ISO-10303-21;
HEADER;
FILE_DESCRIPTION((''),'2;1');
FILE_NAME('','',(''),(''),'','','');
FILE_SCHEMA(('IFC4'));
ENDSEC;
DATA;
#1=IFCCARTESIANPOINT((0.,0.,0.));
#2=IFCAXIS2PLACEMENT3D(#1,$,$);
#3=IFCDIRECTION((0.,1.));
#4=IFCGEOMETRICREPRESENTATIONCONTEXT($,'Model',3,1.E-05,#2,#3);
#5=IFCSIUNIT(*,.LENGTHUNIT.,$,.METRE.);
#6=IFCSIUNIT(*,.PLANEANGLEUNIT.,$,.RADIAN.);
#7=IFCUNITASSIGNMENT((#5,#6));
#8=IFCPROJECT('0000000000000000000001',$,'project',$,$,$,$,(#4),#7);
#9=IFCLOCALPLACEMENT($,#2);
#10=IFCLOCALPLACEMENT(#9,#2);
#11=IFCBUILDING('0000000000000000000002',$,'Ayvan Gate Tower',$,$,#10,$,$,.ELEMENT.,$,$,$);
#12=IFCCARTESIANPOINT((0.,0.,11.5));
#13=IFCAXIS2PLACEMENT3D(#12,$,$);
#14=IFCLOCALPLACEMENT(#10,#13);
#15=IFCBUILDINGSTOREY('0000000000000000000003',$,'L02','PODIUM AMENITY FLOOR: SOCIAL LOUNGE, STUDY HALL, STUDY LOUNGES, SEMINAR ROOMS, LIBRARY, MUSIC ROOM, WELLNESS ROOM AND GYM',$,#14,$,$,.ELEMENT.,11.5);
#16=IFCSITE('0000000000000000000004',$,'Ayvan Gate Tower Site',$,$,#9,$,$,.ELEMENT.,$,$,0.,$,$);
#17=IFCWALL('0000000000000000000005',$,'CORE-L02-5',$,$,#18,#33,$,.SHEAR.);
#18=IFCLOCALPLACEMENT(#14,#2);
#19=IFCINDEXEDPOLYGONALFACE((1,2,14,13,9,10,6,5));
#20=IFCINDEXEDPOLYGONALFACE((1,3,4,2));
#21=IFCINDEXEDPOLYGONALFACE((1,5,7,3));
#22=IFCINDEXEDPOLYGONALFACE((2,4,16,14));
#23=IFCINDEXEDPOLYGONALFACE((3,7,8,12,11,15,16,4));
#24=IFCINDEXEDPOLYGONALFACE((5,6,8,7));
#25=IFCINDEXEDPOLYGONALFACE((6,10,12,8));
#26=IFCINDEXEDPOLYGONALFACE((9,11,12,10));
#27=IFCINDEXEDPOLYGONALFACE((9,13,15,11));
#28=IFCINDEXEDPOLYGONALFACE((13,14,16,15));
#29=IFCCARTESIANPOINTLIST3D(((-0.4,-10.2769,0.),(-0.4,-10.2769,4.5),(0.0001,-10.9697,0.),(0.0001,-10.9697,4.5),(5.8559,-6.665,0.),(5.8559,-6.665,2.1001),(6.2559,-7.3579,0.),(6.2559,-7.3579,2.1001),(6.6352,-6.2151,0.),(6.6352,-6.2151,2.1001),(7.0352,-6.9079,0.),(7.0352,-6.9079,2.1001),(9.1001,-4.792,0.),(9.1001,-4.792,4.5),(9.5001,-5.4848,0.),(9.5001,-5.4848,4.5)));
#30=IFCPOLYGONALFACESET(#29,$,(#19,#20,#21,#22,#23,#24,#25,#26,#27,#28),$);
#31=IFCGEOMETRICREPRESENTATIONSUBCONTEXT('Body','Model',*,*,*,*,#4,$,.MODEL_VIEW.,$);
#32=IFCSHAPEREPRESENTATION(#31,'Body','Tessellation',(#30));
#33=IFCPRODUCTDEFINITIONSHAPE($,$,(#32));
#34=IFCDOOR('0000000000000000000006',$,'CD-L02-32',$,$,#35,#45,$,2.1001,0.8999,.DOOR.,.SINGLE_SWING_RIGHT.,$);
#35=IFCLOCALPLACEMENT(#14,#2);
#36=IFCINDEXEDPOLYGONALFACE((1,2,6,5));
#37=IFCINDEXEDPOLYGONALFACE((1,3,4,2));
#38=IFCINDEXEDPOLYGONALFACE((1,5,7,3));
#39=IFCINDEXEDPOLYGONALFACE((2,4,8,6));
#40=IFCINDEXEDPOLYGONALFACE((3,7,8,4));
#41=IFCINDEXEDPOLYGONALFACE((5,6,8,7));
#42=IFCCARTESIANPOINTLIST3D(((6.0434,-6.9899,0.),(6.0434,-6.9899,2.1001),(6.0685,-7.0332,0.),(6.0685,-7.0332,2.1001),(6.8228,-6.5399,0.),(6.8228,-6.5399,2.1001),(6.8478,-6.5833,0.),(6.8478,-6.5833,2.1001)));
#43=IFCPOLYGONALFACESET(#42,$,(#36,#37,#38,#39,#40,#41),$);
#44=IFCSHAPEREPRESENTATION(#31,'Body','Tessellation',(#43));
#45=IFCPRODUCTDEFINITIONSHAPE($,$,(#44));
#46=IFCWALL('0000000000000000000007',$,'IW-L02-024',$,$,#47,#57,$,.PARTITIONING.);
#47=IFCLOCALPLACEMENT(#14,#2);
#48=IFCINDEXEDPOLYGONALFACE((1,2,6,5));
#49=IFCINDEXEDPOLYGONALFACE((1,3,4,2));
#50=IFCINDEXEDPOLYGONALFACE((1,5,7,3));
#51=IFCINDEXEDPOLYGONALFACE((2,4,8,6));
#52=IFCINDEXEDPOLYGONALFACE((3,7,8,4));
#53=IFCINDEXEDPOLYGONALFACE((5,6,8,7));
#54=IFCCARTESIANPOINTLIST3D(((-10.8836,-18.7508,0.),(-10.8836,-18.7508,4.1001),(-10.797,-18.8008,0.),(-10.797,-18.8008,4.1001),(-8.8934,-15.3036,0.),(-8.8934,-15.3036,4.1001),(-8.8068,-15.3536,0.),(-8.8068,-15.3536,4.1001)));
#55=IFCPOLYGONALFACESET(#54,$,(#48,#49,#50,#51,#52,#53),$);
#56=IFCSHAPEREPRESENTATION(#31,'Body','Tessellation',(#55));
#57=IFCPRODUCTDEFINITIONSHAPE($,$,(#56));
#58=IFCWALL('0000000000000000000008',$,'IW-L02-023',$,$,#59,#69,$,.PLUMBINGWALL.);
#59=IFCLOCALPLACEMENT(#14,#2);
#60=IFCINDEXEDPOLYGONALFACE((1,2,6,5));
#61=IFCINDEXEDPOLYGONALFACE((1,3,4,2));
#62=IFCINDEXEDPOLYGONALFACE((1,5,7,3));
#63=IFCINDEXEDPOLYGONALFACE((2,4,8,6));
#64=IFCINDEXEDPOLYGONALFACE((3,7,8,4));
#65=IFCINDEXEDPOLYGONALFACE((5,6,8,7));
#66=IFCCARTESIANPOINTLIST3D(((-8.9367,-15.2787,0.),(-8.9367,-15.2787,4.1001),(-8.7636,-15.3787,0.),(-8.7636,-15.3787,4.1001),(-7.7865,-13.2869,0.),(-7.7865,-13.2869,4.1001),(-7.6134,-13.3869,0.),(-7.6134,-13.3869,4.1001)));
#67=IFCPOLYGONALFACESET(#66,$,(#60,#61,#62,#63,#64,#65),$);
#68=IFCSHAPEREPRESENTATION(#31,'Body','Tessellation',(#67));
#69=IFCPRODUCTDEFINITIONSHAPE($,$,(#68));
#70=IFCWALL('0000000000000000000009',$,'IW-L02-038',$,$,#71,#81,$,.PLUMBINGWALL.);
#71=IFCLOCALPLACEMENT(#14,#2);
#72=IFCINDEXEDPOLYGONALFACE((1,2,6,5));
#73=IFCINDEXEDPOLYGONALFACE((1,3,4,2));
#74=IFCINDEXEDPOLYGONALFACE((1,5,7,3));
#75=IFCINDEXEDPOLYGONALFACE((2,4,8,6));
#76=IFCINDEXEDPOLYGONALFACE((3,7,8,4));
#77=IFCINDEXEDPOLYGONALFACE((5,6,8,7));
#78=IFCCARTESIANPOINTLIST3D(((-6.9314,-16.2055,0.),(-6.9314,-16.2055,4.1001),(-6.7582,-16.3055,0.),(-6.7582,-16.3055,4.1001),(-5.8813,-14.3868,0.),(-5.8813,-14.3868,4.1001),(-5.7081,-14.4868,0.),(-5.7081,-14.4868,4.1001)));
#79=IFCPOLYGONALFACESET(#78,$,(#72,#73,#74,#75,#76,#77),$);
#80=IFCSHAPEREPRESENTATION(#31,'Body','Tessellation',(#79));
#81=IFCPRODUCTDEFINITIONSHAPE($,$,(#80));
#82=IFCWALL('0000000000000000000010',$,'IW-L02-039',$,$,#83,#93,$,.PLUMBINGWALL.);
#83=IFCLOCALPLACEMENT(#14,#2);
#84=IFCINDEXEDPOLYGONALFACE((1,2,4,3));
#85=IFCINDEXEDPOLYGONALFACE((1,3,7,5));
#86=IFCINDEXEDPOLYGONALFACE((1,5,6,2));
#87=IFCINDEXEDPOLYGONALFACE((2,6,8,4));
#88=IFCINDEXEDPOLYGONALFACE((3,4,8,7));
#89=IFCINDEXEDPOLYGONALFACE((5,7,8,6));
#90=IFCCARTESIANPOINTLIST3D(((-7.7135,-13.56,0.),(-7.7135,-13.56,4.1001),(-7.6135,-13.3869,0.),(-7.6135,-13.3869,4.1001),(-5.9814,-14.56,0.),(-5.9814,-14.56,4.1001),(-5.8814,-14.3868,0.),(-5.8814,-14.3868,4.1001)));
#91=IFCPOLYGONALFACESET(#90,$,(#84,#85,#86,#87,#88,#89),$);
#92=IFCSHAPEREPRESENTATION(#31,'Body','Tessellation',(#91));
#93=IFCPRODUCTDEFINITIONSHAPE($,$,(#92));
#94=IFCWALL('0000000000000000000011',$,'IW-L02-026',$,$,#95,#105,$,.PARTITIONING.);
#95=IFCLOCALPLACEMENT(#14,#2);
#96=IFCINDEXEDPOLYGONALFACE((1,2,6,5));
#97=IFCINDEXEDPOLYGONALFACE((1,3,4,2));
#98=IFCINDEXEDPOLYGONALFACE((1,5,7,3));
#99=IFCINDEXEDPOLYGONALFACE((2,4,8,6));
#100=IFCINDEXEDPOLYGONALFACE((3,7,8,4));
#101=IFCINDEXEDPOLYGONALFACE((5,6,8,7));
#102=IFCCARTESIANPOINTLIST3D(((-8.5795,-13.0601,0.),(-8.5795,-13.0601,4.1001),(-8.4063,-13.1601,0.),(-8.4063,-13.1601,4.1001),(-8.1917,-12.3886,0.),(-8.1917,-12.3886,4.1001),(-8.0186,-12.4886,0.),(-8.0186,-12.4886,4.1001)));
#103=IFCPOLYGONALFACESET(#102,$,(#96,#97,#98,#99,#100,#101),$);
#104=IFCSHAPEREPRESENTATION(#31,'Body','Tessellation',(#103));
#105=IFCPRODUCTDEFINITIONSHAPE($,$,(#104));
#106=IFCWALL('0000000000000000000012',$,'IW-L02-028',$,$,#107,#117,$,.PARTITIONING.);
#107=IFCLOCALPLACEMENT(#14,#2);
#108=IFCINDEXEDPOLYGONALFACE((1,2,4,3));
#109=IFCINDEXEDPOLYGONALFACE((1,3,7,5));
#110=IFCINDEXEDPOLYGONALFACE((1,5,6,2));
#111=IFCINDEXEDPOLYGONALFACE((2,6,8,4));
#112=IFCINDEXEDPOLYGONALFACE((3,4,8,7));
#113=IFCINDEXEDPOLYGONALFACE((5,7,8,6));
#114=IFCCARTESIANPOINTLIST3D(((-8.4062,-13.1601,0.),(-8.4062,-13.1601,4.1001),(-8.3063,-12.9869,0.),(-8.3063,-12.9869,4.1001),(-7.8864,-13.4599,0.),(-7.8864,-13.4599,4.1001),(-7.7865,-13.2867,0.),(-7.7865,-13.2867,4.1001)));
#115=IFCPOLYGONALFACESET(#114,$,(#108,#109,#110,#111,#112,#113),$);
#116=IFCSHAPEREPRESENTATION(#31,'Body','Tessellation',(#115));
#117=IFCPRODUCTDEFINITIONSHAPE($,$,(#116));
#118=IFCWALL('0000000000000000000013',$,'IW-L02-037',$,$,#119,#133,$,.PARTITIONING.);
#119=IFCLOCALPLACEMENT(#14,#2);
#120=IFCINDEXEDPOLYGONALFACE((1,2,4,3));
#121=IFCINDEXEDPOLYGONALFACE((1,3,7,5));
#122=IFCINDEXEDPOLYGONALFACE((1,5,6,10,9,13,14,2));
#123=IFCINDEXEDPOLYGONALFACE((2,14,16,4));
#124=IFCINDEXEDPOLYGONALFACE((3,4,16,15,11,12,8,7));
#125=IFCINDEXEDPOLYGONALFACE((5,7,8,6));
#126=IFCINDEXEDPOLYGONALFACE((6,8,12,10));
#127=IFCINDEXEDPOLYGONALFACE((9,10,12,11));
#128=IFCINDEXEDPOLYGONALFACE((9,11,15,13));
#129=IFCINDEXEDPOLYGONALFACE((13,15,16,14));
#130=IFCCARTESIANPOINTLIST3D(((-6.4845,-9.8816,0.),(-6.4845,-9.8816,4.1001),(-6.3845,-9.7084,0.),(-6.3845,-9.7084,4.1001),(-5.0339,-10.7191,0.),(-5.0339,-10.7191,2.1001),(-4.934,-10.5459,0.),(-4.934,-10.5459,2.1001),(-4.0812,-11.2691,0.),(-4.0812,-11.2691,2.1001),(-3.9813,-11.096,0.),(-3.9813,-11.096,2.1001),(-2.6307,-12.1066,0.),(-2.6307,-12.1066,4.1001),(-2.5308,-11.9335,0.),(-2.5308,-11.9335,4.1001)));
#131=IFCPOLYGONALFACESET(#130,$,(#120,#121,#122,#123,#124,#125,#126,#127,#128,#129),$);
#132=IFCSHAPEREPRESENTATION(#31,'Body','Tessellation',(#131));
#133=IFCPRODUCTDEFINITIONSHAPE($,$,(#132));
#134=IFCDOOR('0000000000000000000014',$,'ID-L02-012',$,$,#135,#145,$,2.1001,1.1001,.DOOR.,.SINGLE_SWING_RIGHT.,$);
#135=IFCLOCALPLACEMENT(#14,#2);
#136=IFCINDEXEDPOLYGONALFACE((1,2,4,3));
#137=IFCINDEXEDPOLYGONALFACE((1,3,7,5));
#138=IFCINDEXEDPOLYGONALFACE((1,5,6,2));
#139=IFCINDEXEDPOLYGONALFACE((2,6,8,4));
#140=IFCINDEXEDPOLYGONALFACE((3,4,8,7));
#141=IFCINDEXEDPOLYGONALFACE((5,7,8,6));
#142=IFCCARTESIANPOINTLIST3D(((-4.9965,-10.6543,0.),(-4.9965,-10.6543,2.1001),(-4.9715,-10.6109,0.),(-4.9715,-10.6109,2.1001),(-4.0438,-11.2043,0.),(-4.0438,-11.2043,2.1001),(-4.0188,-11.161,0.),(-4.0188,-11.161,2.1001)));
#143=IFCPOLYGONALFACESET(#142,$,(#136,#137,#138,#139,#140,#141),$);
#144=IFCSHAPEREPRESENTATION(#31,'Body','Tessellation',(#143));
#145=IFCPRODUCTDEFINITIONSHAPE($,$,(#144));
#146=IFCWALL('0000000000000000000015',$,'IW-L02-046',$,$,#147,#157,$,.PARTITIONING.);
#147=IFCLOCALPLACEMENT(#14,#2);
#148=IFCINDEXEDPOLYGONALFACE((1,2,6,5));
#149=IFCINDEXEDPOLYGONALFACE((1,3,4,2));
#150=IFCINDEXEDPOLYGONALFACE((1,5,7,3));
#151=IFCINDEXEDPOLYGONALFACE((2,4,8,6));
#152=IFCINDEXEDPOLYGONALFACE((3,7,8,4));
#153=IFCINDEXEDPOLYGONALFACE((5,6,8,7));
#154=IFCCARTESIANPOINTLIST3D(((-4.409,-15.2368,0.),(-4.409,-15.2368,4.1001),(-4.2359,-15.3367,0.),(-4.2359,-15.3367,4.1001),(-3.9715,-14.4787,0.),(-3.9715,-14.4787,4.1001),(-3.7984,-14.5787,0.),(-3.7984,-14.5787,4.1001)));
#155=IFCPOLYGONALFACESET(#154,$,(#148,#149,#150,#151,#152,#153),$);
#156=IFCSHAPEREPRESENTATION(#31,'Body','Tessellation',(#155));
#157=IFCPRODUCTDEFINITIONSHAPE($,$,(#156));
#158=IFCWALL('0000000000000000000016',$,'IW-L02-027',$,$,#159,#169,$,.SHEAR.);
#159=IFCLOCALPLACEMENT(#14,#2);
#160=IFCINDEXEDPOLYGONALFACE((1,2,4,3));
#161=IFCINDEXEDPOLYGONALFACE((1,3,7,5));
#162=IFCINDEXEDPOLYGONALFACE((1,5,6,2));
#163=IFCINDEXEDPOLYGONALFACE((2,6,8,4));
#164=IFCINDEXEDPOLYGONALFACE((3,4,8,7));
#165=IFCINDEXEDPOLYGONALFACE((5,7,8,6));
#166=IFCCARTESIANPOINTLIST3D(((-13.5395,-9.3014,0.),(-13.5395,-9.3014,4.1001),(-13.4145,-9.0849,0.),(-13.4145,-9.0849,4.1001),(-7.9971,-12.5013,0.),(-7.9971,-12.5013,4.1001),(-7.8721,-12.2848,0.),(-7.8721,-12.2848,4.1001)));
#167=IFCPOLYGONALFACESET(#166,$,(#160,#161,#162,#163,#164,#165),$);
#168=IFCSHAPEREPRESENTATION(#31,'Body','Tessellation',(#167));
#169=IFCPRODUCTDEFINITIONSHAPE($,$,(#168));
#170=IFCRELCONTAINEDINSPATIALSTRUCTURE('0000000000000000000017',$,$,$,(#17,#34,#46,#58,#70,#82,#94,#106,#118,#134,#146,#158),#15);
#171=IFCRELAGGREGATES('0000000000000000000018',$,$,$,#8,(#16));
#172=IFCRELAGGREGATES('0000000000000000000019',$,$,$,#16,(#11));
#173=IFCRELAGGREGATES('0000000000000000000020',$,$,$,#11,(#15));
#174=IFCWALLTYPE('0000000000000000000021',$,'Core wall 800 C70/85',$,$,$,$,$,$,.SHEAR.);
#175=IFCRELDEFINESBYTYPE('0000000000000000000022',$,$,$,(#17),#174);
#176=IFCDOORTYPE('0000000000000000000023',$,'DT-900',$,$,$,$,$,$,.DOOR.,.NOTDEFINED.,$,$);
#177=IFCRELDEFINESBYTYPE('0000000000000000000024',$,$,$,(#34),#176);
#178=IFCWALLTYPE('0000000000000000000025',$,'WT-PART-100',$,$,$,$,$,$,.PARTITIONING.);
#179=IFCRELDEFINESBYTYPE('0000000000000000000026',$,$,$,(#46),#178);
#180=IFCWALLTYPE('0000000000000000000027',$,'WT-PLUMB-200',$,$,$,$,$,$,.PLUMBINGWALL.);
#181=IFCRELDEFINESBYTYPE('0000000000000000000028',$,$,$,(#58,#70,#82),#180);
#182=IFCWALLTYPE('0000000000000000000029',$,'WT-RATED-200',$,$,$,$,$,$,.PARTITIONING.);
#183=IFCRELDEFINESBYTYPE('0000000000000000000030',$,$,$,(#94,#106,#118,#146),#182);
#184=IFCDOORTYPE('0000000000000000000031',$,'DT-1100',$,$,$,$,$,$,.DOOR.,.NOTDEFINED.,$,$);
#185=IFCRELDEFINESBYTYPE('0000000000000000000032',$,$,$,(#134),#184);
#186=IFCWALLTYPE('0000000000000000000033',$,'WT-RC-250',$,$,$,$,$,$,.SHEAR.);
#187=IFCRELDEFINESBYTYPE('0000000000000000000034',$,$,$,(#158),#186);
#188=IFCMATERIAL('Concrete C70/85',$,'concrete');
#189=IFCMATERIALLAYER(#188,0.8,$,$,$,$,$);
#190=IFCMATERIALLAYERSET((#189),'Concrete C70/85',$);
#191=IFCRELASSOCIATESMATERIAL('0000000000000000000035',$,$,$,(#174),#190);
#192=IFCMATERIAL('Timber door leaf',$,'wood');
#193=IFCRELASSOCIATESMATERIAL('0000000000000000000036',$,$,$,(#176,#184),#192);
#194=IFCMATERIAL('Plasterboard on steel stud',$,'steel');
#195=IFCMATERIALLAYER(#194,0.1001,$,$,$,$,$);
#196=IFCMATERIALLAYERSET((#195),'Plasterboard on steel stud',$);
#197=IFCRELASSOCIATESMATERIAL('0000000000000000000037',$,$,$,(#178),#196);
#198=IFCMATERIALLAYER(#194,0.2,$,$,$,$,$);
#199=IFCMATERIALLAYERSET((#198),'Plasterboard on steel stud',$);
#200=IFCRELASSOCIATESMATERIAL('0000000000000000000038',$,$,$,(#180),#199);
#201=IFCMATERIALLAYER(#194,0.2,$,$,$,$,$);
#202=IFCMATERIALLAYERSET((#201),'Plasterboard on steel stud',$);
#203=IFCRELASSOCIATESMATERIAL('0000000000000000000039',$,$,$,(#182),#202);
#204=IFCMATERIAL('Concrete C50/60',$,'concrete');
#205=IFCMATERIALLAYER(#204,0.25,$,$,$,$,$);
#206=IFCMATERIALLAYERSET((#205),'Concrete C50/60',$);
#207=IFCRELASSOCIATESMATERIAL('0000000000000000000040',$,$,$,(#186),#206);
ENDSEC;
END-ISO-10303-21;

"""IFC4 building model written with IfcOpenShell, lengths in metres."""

from ifc_helpers import new_model, si_unit, direction, frame, frame_2d, origin, place, context, subcontext, project, spatial, rectangle, extrude, material, layer, layer_set, type_object, element, fill, save


model = new_model("IFC4")

# Units and contexts
model_context = context("Model", 3, precision=1e-05, world=origin(), true_north=direction((0.0, 1.0)))
body_context = subcontext(model_context, "Body", "Model", "MODEL_VIEW")
ifc_project = project(units=[si_unit("LENGTHUNIT", "METRE"), si_unit("PLANEANGLEUNIT", "RADIAN")], contexts=[model_context])

# Site, building, storey
site_placement = place(None, origin())
site = spatial("IfcSite", under=ifc_project, at=site_placement, Name="Ayvan Gate Tower Site", CompositionType="ELEMENT", RefElevation=0.0)
building_placement = place(site_placement, origin())
building = spatial("IfcBuilding", under=site, at=building_placement, Name="Ayvan Gate Tower", CompositionType="ELEMENT")
storey_placement = place(building_placement, frame((0.0, 0.0, 11.5)))
storey = spatial("IfcBuildingStorey", under=building, at=storey_placement, Name="L02", Description="PODIUM AMENITY FLOOR: SOCIAL LOUNGE, STUDY HALL, STUDY LOUNGES, SEMINAR ROOMS, LIBRARY, MUSIC ROOM, WELLNESS ROOM AND GYM", CompositionType="ELEMENT", Elevation=11.5)

# Wall, opening, door
ifc_material_1 = material(Name="Concrete C70/85", Category="concrete")
ifc_layer_1 = layer(ifc_material_1, 0.8)
ifc_layer_set_1 = layer_set([ifc_layer_1], Name="Concrete C70/85")
wall_type_1 = type_object("IfcWallType", Name="Core wall 800 C70/85", PredefinedType="SHEAR", material=ifc_layer_set_1)
wall_1_placement = place(storey_placement, frame((-0.2, -10.6233, 0.0), z_axis=(0.0, 0.0, 1.0), x_axis=(0.866024, 0.500002, 0.0)))
wall_1 = element("IfcWall", 1, at=wall_1_placement, inside=storey, type_object=wall_type_1, Name="CORE-L02-5", PredefinedType="SHEAR", context=body_context, shape_type="SweptSolid", body=[
    extrude(rectangle(XDim=10.9697, YDim=0.8, at=frame_2d((5.4849, 0.0))), origin(), (0.0, 0.0, 1.0), 4.5),
])
opening_1_placement = place(wall_1_placement, frame((7.2236, 0.0, 0.0)))
opening_1 = element("IfcOpeningElement", 2, at=opening_1_placement, cuts=wall_1, PredefinedType="OPENING", context=body_context, shape_type="SweptSolid", body=[
    extrude(rectangle(XDim=0.8999, YDim=2.1001, at=frame_2d((0.45, 1.05))), frame((0.0, 0.4099, 0.0), z_axis=(0.0, -1.0, 0.0), x_axis=(1.0, 0.0, 0.0)), (0.0, 0.0, 1.0), 0.8201),
])
ifc_material_2 = material(Name="Timber door leaf", Category="wood")
door_type_1 = type_object("IfcDoorType", Name="DT-900", OperationType="NOTDEFINED", PredefinedType="DOOR", material=ifc_material_2)
door_1_placement = place(opening_1_placement, origin())
door_1 = element("IfcDoor", 3, at=door_1_placement, inside=storey, type_object=door_type_1, Name="CD-L02-32", OperationType="SINGLE_SWING_RIGHT", OverallHeight=2.1001, OverallWidth=0.8999, PredefinedType="DOOR", context=body_context, shape_type="SweptSolid", body=[
    extrude(rectangle(XDim=0.8999, YDim=2.1001, at=frame_2d((0.45, 1.05))), frame((0.0, 0.0249, 0.0), z_axis=(0.0, -1.0, 0.0), x_axis=(1.0, 0.0, 0.0)), (0.0, 0.0, 1.0), 0.05),
])
fill(opening_1, door_1)

# Walls
ifc_material_3 = material(Name="Plasterboard on steel stud", Category="steel")
ifc_layer_2 = layer(ifc_material_3, 0.1001)
ifc_layer_set_2 = layer_set([ifc_layer_2], Name="Plasterboard on steel stud")
wall_type_2 = type_object("IfcWallType", Name="WT-PART-100", PredefinedType="PARTITIONING", material=ifc_layer_set_2)
wall_2_placement = place(storey_placement, frame((-8.8501, -15.3286, 0.0), z_axis=(0.0, 0.0, 1.0), x_axis=(-0.499991, -0.86603, 0.0)))
element("IfcWall", 4, at=wall_2_placement, inside=storey, type_object=wall_type_2, Name="IW-L02-024", PredefinedType="PARTITIONING", context=body_context, shape_type="SweptSolid", body=[
    extrude(rectangle(XDim=3.9805, YDim=0.1001, at=frame_2d((1.9902, 0.0))), origin(), (0.0, 0.0, 1.0), 4.1001),
])
ifc_layer_3 = layer(ifc_material_3, 0.2)
ifc_layer_set_3 = layer_set([ifc_layer_3], Name="Plasterboard on steel stud")
wall_type_3 = type_object("IfcWallType", Name="WT-PLUMB-200", PredefinedType="PLUMBINGWALL", material=ifc_layer_set_3)
wall_3_placement = place(storey_placement, frame((-8.8501, -15.3286, 0.0), z_axis=(0.0, 0.0, 1.0), x_axis=(0.500078, 0.865981, 0.0)))
element("IfcWall", 5, at=wall_3_placement, inside=storey, type_object=wall_type_3, Name="IW-L02-023", PredefinedType="PLUMBINGWALL", context=body_context, shape_type="SweptSolid", body=[
    extrude(rectangle(XDim=2.3, YDim=0.2, at=frame_2d((1.1499, 0.0))), origin(), (0.0, 0.0, 1.0), 4.1001),
])
wall_4_placement = place(storey_placement, frame((-5.7947, -14.4368, 0.0), z_axis=(0.0, 0.0, 1.0), x_axis=(-0.500028, -0.866009, 0.0)))
element("IfcWall", 6, at=wall_4_placement, inside=storey, type_object=wall_type_3, Name="IW-L02-038", PredefinedType="PLUMBINGWALL", context=body_context, shape_type="SweptSolid", body=[
    extrude(rectangle(XDim=2.1001, YDim=0.2, at=frame_2d((1.05, 0.0))), origin(), (0.0, 0.0, 1.0), 4.1001),
])
wall_5_placement = place(storey_placement, frame((-5.9314, -14.4734, 0.0), z_axis=(0.0, 0.0, 1.0), x_axis=(-0.866041, 0.499973, 0.0)))
element("IfcWall", 7, at=wall_5_placement, inside=storey, type_object=wall_type_3, Name="IW-L02-039", PredefinedType="PLUMBINGWALL", context=body_context, shape_type="SweptSolid", body=[
    extrude(rectangle(XDim=2.0, YDim=0.2, at=frame_2d((1.0, 0.0))), origin(), (0.0, 0.0, 1.0), 4.1001),
])
ifc_layer_4 = layer(ifc_material_3, 0.2)
ifc_layer_set_4 = layer_set([ifc_layer_4], Name="Plasterboard on steel stud")
wall_type_4 = type_object("IfcWallType", Name="WT-RATED-200", PredefinedType="PARTITIONING", material=ifc_layer_set_4)
wall_6_placement = place(storey_placement, frame((-8.4929, -13.1101, 0.0), z_axis=(0.0, 0.0, 1.0), x_axis=(0.500068, 0.865986, 0.0)))
element("IfcWall", 8, at=wall_6_placement, inside=storey, type_object=wall_type_4, Name="IW-L02-026", PredefinedType="PARTITIONING", context=body_context, shape_type="SweptSolid", body=[
    extrude(rectangle(XDim=0.7754, YDim=0.2, at=frame_2d((0.3877, 0.0))), origin(), (0.0, 0.0, 1.0), 4.1001),
])
wall_7_placement = place(storey_placement, frame((-7.8364, -13.3733, 0.0), z_axis=(0.0, 0.0, 1.0), x_axis=(-0.866233, 0.49964, 0.0)))
element("IfcWall", 9, at=wall_7_placement, inside=storey, type_object=wall_type_4, Name="IW-L02-028", PredefinedType="PARTITIONING", context=body_context, shape_type="SweptSolid", body=[
    extrude(rectangle(XDim=0.6001, YDim=0.2, at=frame_2d((0.3, 0.0))), origin(), (0.0, 0.0, 1.0), 4.1001),
])

# Wall, opening, door
wall_8_placement = place(storey_placement, frame((-6.4346, -9.7949, 0.0), z_axis=(0.0, 0.0, 1.0), x_axis=(0.866013, -0.500022, 0.0)))
wall_8 = element("IfcWall", 10, at=wall_8_placement, inside=storey, type_object=wall_type_4, Name="IW-L02-037", PredefinedType="PARTITIONING", context=body_context, shape_type="SweptSolid", body=[
    extrude(rectangle(XDim=4.45, YDim=0.2, at=frame_2d((2.2251, 0.0))), origin(), (0.0, 0.0, 1.0), 4.1001),
])
opening_2_placement = place(wall_8_placement, frame((1.675, 0.0, 0.0)))
opening_2 = element("IfcOpeningElement", 11, at=opening_2_placement, cuts=wall_8, PredefinedType="OPENING", context=body_context, shape_type="SweptSolid", body=[
    extrude(rectangle(XDim=1.1001, YDim=2.1001, at=frame_2d((0.55, 1.05))), frame((0.0, 0.1099, 0.0), z_axis=(0.0, -1.0, 0.0), x_axis=(1.0, 0.0, 0.0)), (0.0, 0.0, 1.0), 0.22),
])
door_type_2 = type_object("IfcDoorType", Name="DT-1100", OperationType="NOTDEFINED", PredefinedType="DOOR", material=ifc_material_2)
door_2_placement = place(opening_2_placement, origin())
door_2 = element("IfcDoor", 12, at=door_2_placement, inside=storey, type_object=door_type_2, Name="ID-L02-012", OperationType="SINGLE_SWING_RIGHT", OverallHeight=2.1001, OverallWidth=1.1001, PredefinedType="DOOR", context=body_context, shape_type="SweptSolid", body=[
    extrude(rectangle(XDim=1.1001, YDim=2.1001, at=frame_2d((0.55, 1.05))), frame((0.0, 0.0249, 0.0), z_axis=(0.0, -1.0, 0.0), x_axis=(1.0, 0.0, 0.0)), (0.0, 0.0, 1.0), 0.05),
])
fill(opening_2, door_2)

# Walls
wall_9_placement = place(storey_placement, frame((-3.885, -14.5288, 0.0), z_axis=(0.0, 0.0, 1.0), x_axis=(-0.499859, -0.866107, 0.0)))
element("IfcWall", 13, at=wall_9_placement, inside=storey, type_object=wall_type_4, Name="IW-L02-046", PredefinedType="PARTITIONING", context=body_context, shape_type="SweptSolid", body=[
    extrude(rectangle(XDim=0.8752, YDim=0.2, at=frame_2d((0.4375, 0.0))), origin(), (0.0, 0.0, 1.0), 4.1001),
])
ifc_material_4 = material(Name="Concrete C50/60", Category="concrete")
ifc_layer_5 = layer(ifc_material_4, 0.25)
ifc_layer_set_5 = layer_set([ifc_layer_5], Name="Concrete C50/60")
wall_type_5 = type_object("IfcWallType", Name="WT-RC-250", PredefinedType="SHEAR", material=ifc_layer_set_5)
wall_10_placement = place(storey_placement, frame((-7.9346, -12.3931, 0.0), z_axis=(0.0, 0.0, 1.0), x_axis=(-0.866025, 0.5, 0.0)))
element("IfcWall", 14, at=wall_10_placement, inside=storey, type_object=wall_type_5, Name="IW-L02-027", PredefinedType="SHEAR", context=body_context, shape_type="SweptSolid", body=[
    extrude(rectangle(XDim=6.3999, YDim=0.25, at=frame_2d((3.2, 0.0))), origin(), (0.0, 0.0, 1.0), 4.1001),
])

save(model, "model.ifc")
